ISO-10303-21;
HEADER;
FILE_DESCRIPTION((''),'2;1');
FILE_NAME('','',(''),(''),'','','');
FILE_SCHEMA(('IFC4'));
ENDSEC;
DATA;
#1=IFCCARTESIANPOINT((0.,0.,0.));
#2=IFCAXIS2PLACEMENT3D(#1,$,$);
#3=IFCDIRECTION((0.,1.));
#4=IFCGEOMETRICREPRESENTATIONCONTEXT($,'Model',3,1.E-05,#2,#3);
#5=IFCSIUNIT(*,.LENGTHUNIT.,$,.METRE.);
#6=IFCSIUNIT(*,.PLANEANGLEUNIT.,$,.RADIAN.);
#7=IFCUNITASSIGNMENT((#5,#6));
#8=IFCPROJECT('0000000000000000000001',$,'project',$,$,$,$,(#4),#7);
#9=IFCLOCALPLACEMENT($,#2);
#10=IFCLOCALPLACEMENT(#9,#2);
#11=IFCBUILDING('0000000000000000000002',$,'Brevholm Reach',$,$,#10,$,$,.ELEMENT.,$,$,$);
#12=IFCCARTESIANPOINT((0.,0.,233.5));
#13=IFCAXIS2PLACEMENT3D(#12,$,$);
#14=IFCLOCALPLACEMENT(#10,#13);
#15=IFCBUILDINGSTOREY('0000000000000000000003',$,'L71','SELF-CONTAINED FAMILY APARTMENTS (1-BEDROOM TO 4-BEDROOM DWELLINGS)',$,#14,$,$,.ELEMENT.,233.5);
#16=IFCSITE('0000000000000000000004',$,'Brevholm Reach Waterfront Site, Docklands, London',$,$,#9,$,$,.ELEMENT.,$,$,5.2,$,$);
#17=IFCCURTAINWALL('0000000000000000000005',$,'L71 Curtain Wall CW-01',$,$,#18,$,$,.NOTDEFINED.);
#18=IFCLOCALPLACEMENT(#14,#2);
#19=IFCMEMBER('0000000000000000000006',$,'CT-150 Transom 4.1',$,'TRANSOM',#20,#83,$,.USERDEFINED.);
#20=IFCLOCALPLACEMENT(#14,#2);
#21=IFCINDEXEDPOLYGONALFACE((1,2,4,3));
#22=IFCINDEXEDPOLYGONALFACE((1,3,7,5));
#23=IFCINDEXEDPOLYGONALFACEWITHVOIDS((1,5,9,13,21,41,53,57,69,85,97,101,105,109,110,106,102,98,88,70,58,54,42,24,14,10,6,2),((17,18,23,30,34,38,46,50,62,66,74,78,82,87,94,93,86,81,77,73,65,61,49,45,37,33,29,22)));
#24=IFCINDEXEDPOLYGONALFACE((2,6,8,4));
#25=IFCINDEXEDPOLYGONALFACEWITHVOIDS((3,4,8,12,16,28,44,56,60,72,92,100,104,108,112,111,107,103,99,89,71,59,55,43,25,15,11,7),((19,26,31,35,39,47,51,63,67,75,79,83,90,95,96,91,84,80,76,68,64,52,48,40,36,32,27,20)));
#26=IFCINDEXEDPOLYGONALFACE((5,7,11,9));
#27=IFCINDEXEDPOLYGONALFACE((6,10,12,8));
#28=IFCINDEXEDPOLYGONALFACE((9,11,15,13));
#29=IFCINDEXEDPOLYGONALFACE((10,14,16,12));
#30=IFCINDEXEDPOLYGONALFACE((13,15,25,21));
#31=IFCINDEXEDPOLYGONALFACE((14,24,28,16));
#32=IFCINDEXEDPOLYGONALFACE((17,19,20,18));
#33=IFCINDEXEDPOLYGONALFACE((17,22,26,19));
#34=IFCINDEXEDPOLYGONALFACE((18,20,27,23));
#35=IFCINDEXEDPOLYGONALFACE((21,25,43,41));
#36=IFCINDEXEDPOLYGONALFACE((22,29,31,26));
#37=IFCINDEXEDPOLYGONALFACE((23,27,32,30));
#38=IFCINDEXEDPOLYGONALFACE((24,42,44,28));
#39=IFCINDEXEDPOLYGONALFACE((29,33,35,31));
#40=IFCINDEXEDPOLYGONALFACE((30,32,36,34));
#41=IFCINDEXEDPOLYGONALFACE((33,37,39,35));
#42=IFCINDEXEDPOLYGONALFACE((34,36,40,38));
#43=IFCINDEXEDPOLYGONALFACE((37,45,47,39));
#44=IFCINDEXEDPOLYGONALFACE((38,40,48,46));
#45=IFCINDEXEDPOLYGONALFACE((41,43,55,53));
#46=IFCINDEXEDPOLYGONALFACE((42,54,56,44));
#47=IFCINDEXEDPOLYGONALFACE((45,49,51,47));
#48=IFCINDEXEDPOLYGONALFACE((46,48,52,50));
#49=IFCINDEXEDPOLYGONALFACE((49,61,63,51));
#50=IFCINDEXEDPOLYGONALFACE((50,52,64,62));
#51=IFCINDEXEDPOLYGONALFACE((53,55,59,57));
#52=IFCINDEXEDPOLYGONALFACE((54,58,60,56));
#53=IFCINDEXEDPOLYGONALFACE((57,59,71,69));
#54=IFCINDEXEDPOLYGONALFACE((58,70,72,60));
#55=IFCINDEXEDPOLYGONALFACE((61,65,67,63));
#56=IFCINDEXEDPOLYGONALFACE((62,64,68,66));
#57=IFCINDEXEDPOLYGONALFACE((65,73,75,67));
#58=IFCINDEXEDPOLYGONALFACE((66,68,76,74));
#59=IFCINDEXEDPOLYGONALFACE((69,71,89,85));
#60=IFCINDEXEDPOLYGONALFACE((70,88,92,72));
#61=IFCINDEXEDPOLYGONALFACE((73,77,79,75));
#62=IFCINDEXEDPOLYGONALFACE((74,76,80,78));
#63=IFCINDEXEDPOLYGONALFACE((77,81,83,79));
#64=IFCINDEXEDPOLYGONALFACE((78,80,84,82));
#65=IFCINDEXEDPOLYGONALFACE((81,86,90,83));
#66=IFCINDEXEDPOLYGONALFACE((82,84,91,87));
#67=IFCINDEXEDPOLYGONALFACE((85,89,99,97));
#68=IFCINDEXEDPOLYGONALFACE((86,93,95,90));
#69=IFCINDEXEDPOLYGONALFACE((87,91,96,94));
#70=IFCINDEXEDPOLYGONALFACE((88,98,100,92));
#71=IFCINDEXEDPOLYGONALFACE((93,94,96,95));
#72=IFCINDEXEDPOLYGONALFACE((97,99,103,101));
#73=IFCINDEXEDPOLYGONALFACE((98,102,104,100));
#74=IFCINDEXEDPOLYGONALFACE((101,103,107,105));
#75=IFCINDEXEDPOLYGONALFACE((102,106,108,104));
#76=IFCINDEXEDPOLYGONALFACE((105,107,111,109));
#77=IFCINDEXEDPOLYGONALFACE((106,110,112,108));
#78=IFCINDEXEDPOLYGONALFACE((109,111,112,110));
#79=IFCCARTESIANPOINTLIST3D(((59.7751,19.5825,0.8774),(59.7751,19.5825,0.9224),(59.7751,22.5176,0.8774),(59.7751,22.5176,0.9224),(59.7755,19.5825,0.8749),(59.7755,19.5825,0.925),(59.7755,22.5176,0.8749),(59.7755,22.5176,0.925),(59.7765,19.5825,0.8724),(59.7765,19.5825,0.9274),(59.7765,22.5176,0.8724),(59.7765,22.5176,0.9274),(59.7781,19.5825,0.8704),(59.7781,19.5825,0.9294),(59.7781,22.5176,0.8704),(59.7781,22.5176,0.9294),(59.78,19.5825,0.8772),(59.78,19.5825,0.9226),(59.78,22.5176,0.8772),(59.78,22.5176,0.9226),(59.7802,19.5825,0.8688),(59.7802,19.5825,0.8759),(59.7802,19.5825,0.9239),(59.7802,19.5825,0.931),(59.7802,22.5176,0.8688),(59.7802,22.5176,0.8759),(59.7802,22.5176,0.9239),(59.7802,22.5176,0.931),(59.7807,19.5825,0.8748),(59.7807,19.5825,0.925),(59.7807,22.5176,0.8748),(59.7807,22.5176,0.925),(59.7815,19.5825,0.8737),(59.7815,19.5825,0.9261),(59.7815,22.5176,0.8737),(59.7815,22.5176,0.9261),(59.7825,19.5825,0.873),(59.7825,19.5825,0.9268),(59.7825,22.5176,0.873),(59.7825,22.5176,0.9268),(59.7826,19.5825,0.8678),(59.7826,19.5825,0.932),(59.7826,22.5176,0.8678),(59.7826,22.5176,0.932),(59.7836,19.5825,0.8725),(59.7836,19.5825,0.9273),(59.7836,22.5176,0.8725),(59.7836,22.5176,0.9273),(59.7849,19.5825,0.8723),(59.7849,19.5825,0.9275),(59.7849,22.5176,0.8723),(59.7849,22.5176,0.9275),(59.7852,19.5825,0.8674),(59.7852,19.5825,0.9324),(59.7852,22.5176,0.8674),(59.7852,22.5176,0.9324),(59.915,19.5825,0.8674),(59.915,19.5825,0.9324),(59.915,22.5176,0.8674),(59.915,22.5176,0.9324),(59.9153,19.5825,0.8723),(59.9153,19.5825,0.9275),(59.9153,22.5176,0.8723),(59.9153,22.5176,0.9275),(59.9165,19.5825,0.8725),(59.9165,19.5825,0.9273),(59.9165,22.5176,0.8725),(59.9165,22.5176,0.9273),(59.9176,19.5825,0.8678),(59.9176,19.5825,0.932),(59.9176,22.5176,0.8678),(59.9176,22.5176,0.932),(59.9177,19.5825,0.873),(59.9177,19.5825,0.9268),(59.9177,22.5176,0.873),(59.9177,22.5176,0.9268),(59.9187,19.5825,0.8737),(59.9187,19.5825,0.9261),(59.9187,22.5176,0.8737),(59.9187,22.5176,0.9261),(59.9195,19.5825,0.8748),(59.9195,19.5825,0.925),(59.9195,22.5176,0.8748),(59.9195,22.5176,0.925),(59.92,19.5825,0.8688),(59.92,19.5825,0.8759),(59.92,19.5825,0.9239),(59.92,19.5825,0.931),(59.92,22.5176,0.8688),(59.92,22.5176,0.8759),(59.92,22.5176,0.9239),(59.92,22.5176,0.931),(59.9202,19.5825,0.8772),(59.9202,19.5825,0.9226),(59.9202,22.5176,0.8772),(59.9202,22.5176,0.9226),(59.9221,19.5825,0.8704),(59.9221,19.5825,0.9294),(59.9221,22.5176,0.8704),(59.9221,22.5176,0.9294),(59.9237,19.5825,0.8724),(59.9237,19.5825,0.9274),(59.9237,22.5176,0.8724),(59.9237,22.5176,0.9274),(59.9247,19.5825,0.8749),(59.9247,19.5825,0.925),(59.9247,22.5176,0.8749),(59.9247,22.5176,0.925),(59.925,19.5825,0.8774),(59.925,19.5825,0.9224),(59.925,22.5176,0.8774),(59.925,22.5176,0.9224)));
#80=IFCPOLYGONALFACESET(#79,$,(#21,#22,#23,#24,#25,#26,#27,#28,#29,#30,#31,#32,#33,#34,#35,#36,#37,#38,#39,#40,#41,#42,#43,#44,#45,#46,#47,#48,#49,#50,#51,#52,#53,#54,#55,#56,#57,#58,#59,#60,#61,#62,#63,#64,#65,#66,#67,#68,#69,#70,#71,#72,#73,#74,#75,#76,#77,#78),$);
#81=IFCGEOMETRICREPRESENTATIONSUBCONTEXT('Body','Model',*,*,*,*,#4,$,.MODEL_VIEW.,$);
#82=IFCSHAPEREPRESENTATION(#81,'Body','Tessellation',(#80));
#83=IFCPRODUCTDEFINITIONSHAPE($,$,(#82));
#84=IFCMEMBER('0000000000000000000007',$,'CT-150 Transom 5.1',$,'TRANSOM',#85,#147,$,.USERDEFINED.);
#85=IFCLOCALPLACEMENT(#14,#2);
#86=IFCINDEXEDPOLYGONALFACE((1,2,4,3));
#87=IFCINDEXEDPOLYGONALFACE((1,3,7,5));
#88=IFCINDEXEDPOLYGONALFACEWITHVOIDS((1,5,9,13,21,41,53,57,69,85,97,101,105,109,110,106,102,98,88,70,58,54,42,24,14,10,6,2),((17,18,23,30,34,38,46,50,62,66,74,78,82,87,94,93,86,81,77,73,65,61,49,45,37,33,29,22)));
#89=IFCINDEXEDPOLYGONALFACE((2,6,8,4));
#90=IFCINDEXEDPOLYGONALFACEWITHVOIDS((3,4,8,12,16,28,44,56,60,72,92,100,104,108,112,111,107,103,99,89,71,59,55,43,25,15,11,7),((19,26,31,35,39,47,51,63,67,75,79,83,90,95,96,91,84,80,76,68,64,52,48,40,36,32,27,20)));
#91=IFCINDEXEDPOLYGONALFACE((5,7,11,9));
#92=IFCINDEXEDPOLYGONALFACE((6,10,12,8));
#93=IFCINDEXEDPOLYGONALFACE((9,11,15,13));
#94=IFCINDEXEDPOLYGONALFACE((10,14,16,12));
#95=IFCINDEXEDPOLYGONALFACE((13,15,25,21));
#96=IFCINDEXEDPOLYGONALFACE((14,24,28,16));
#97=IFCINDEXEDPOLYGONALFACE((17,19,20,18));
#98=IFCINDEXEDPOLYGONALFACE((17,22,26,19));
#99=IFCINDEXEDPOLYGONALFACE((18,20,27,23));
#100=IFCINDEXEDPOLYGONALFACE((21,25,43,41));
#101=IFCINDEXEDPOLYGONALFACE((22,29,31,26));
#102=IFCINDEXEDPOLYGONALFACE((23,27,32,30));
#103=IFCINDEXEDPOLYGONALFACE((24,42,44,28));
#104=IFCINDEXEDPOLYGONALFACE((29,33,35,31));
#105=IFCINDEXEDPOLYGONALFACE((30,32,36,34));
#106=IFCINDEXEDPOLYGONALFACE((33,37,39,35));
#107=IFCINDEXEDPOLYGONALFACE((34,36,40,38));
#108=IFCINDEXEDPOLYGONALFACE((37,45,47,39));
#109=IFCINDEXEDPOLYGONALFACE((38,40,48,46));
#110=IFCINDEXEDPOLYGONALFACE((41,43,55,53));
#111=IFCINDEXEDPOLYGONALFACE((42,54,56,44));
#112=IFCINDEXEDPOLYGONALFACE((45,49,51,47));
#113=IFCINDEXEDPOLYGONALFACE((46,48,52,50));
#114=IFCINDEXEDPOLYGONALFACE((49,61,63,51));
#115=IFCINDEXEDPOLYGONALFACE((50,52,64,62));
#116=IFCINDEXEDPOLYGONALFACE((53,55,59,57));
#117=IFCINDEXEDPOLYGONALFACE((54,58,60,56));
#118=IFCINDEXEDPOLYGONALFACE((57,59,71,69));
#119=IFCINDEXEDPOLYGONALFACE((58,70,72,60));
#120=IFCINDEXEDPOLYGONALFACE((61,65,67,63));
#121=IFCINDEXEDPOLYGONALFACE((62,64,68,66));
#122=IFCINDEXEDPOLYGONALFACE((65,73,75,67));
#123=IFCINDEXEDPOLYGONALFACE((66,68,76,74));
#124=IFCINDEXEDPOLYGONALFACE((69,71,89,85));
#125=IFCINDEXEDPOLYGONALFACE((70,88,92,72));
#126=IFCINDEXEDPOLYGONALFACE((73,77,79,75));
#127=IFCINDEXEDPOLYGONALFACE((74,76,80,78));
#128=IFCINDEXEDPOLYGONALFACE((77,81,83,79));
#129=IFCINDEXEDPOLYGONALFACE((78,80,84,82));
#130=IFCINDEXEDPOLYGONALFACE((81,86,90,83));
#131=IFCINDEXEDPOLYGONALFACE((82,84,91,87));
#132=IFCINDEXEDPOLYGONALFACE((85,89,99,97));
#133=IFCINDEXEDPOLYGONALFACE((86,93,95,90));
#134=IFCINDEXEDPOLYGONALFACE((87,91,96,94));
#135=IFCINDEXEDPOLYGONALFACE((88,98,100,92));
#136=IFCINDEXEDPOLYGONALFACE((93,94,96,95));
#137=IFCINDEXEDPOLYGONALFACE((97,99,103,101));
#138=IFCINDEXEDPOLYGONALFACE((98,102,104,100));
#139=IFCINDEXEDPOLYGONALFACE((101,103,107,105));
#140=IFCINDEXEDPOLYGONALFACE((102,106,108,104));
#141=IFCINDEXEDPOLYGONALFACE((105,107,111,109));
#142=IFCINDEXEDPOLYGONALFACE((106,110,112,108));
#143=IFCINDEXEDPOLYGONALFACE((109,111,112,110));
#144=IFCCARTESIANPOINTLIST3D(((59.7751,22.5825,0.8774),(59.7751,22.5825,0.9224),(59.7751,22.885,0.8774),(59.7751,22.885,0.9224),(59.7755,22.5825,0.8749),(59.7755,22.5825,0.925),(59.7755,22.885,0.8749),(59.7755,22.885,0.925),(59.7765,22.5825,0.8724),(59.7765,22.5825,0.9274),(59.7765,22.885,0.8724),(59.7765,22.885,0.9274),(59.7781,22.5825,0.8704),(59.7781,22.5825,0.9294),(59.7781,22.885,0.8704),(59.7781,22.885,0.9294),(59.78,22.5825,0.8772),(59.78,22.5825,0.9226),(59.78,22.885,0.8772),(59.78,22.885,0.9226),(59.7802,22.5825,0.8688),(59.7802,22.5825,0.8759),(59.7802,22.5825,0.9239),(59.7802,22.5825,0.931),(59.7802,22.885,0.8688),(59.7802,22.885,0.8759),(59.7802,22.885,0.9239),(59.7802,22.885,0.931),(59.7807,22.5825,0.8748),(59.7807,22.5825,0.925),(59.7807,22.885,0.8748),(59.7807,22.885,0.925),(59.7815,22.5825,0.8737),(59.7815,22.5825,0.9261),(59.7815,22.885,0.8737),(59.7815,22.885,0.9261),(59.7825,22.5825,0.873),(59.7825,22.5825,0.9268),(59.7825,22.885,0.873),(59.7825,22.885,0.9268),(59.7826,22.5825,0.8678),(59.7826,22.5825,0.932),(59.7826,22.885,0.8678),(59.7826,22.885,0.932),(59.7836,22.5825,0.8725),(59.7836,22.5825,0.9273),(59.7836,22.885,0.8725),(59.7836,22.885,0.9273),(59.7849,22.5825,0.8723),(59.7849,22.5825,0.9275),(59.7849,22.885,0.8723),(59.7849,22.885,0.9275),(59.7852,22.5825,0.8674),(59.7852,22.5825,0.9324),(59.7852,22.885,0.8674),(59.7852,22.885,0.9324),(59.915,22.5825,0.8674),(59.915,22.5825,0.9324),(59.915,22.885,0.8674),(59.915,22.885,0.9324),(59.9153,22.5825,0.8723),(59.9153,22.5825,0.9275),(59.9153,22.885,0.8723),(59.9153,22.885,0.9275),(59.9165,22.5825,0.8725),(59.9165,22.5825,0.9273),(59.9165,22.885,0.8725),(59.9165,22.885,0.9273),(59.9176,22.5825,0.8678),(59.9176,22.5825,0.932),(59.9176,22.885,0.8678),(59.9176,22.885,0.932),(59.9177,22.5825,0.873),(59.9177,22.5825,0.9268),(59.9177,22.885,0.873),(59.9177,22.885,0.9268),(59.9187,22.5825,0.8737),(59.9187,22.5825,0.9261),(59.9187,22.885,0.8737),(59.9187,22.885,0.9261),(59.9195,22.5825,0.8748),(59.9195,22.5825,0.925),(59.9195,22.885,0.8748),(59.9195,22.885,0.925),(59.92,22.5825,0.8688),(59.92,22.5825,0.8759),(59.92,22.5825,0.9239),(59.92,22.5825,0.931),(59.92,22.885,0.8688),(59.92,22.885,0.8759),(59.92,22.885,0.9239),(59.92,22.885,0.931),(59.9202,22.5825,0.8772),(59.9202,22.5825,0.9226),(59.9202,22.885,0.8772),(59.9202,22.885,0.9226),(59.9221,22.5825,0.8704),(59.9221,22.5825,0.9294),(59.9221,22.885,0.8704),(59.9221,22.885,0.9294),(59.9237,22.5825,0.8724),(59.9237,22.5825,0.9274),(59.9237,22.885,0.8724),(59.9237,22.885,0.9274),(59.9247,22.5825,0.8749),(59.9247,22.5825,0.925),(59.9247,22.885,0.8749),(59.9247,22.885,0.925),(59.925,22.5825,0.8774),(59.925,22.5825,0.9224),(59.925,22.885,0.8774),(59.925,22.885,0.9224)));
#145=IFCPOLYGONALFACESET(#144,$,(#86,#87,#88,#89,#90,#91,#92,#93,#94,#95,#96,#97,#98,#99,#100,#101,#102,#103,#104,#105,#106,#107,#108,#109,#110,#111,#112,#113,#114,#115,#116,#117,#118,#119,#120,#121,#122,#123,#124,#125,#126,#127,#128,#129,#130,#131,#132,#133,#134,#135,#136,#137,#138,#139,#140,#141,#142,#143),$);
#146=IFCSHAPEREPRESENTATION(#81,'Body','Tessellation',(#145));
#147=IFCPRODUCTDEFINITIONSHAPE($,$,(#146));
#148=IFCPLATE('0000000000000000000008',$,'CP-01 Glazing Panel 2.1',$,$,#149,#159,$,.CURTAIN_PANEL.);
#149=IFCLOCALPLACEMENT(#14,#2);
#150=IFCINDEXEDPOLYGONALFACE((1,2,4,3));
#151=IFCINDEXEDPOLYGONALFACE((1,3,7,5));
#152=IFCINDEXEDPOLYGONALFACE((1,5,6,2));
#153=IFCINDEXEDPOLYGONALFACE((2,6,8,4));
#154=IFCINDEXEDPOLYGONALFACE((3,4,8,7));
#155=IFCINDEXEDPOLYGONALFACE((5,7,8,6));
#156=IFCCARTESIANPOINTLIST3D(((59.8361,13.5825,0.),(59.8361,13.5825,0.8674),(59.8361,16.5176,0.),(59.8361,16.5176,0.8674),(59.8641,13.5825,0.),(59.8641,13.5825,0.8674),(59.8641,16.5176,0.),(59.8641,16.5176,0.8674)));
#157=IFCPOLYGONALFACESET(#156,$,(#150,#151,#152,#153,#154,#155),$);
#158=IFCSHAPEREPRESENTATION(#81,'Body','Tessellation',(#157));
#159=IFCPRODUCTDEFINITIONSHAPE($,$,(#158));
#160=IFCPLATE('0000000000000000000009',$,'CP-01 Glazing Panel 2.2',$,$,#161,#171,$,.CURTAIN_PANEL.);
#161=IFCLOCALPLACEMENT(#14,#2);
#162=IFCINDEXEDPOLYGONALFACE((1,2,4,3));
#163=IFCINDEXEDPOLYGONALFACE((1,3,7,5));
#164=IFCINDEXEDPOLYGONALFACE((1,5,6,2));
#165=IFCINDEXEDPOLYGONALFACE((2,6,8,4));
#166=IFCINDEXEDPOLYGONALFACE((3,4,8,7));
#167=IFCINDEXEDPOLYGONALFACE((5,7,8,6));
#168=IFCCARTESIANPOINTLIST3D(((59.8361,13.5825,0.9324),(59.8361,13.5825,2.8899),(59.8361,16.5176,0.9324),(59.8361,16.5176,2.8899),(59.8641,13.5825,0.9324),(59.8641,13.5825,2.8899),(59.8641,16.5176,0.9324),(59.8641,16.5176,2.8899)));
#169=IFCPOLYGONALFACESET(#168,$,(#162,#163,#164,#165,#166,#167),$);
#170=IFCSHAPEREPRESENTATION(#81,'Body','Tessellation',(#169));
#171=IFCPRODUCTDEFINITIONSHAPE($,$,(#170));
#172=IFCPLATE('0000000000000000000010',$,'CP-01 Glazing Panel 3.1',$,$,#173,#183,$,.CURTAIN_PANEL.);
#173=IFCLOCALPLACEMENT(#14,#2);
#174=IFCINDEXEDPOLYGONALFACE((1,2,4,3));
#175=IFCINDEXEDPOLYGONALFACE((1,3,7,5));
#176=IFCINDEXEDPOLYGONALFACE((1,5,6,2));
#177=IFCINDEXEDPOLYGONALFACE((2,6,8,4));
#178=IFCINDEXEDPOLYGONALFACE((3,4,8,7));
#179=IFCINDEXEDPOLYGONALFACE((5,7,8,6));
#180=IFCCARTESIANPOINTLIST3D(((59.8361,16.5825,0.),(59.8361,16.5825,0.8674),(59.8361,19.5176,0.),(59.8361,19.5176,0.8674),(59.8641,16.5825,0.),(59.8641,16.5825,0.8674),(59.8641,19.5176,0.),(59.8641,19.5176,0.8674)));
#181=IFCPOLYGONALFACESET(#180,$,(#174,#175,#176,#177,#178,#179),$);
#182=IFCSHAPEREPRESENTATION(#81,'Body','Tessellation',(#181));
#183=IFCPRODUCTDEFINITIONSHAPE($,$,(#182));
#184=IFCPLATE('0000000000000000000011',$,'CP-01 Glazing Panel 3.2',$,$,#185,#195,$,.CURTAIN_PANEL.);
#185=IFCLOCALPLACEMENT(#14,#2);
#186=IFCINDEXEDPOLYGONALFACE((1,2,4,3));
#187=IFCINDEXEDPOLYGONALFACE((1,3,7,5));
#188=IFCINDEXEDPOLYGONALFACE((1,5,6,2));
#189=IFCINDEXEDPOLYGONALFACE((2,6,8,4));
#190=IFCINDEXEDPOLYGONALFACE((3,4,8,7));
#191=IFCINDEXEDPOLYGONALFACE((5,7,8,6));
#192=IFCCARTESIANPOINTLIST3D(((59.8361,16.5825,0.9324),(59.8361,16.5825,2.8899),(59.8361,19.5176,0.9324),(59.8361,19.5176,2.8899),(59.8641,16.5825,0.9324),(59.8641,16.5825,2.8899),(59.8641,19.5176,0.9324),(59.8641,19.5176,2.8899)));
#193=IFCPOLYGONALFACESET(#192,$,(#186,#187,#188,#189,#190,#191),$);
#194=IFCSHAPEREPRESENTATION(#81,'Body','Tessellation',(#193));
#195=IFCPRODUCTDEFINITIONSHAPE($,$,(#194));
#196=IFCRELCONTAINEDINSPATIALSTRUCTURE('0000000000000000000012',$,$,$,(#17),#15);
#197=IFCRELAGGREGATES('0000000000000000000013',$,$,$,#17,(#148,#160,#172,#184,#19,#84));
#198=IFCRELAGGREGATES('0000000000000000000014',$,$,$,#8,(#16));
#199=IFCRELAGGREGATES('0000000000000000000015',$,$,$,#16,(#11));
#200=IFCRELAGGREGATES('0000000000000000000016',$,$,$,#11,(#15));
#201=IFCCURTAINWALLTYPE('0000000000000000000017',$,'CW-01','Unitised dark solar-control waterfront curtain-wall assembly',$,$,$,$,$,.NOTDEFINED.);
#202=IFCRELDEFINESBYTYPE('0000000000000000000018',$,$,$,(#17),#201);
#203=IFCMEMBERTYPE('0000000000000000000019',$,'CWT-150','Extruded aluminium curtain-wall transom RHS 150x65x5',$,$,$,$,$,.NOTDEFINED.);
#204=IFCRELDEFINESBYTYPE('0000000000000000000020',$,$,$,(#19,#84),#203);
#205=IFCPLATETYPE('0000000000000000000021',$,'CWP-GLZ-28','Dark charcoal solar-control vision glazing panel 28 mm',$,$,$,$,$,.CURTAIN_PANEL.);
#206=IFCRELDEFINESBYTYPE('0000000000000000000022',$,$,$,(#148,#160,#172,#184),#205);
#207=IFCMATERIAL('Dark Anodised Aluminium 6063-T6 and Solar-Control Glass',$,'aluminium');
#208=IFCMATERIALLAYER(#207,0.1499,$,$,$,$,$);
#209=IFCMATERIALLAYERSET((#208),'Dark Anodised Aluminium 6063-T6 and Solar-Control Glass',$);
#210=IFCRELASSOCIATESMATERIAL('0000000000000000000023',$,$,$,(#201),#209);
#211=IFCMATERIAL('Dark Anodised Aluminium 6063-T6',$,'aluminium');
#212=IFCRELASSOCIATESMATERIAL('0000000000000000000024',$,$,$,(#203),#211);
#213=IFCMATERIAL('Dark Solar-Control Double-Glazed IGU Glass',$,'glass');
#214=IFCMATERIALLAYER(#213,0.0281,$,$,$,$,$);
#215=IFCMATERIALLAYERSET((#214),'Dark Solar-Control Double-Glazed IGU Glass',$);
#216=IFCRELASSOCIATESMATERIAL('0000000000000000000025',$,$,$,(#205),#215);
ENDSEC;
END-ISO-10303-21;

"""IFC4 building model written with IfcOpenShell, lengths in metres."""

from ifc_helpers import new_model, si_unit, direction, frame, origin, origin_2d, place, context, subcontext, project, spatial, rectangle, hollow_rectangle, extrude, material, layer, layer_set, material_profile, profile_set, type_object, element, aggregate, save


model = new_model("IFC4")

# Units and contexts
model_context = context("Model", 3, precision=1e-05, world=origin(), true_north=direction((0.0, 1.0)))
body_context = subcontext(model_context, "Body", "Model", "MODEL_VIEW")
ifc_project = project(units=[si_unit("LENGTHUNIT", "METRE"), si_unit("PLANEANGLEUNIT", "RADIAN")], contexts=[model_context])

# Site, building, storey
site_placement = place(None, origin())
site = spatial("IfcSite", under=ifc_project, at=site_placement, Name="Brevholm Reach Waterfront Site, Docklands, London", CompositionType="ELEMENT", RefElevation=5.2)
building_placement = place(site_placement, origin())
building = spatial("IfcBuilding", under=site, at=building_placement, Name="Brevholm Reach", CompositionType="ELEMENT")
storey_placement = place(building_placement, frame((0.0, 0.0, 233.5)))
storey = spatial("IfcBuildingStorey", under=building, at=storey_placement, Name="L71", Description="SELF-CONTAINED FAMILY APARTMENTS (1-BEDROOM TO 4-BEDROOM DWELLINGS)", CompositionType="ELEMENT", Elevation=233.5)

# Curtain wall, members, plates
ifc_material_1 = material(Name="Dark Anodised Aluminium 6063-T6 and Solar-Control Glass", Category="aluminium")
ifc_layer_1 = layer(ifc_material_1, 0.1499)
ifc_layer_set_1 = layer_set([ifc_layer_1], Name="Dark Anodised Aluminium 6063-T6 and Solar-Control Glass")
curtain_wall_type = type_object("IfcCurtainWallType", Name="CW-01", Description="Unitised dark solar-control waterfront curtain-wall assembly", PredefinedType="NOTDEFINED", material=ifc_layer_set_1)
curtain_wall_placement = place(storey_placement, origin())
curtain_wall = element("IfcCurtainWall", 1, at=curtain_wall_placement, inside=storey, type_object=curtain_wall_type, Name="L71 Curtain Wall CW-01", PredefinedType="NOTDEFINED")
ifc_material_2 = material(Name="Dark Anodised Aluminium 6063-T6", Category="aluminium")
ifc_material_profile_1 = material_profile(ifc_material_2, hollow_rectangle(XDim=0.0649, YDim=0.1499, WallThickness=0.0049, InnerFilletRadius=0.0049, OuterFilletRadius=0.01, at=origin_2d()), Name="RHS 150x65x5")
ifc_profile_set_1 = profile_set([ifc_material_profile_1], Name="Dark Anodised Aluminium 6063-T6")
member_type_1 = type_object("IfcMemberType", Name="CWT-150", Description="Extruded aluminium curtain-wall transom RHS 150x65x5", PredefinedType="NOTDEFINED", material=ifc_profile_set_1)
member_1_placement = place(storey_placement, frame((59.8501, 19.5825, 0.8999), z_axis=(0.0, 1.0, 0.0), x_axis=(0.0, 0.0, 1.0)))
member_1 = element("IfcMember", 2, at=member_1_placement, type_object=member_type_1, Name="CT-150 Transom 4.1", ObjectType="TRANSOM", PredefinedType="USERDEFINED", context=body_context, shape_type="SweptSolid", body=[
    extrude(hollow_rectangle(XDim=0.0649, YDim=0.1499, WallThickness=0.0049, InnerFilletRadius=0.0049, OuterFilletRadius=0.01, at=origin_2d()), origin(), (0.0, 0.0, 1.0), 2.9351),
])
member_2_placement = place(storey_placement, frame((59.8501, 22.5825, 0.8999), z_axis=(0.0, 1.0, 0.0), x_axis=(0.0, 0.0, 1.0)))
member_2 = element("IfcMember", 3, at=member_2_placement, type_object=member_type_1, Name="CT-150 Transom 5.1", ObjectType="TRANSOM", PredefinedType="USERDEFINED", context=body_context, shape_type="SweptSolid", body=[
    extrude(hollow_rectangle(XDim=0.0649, YDim=0.1499, WallThickness=0.0049, InnerFilletRadius=0.0049, OuterFilletRadius=0.01, at=origin_2d()), origin(), (0.0, 0.0, 1.0), 0.3025),
])
ifc_material_3 = material(Name="Dark Solar-Control Double-Glazed IGU Glass", Category="glass")
ifc_layer_2 = layer(ifc_material_3, 0.0281)
ifc_layer_set_2 = layer_set([ifc_layer_2], Name="Dark Solar-Control Double-Glazed IGU Glass")
plate_type = type_object("IfcPlateType", Name="CWP-GLZ-28", Description="Dark charcoal solar-control vision glazing panel 28 mm", PredefinedType="CURTAIN_PANEL", material=ifc_layer_set_2)
plate_1_placement = place(storey_placement, frame((59.8501, 15.05, 0.0), z_axis=(0.0, 0.0, 1.0), x_axis=(0.0, 1.0, 0.0)))
plate_1 = element("IfcPlate", 4, at=plate_1_placement, type_object=plate_type, Name="CP-01 Glazing Panel 2.1", PredefinedType="CURTAIN_PANEL", context=body_context, shape_type="SweptSolid", body=[
    extrude(rectangle(XDim=2.9351, YDim=0.0281, at=origin_2d()), origin(), (0.0, 0.0, 1.0), 0.8674),
])
plate_2_placement = place(storey_placement, frame((59.8501, 15.05, 0.9324), z_axis=(0.0, 0.0, 1.0), x_axis=(0.0, 1.0, 0.0)))
plate_2 = element("IfcPlate", 5, at=plate_2_placement, type_object=plate_type, Name="CP-01 Glazing Panel 2.2", PredefinedType="CURTAIN_PANEL", context=body_context, shape_type="SweptSolid", body=[
    extrude(rectangle(XDim=2.9351, YDim=0.0281, at=origin_2d()), origin(), (0.0, 0.0, 1.0), 1.9575),
])
plate_3_placement = place(storey_placement, frame((59.8501, 18.05, 0.0), z_axis=(0.0, 0.0, 1.0), x_axis=(0.0, 1.0, 0.0)))
plate_3 = element("IfcPlate", 6, at=plate_3_placement, type_object=plate_type, Name="CP-01 Glazing Panel 3.1", PredefinedType="CURTAIN_PANEL", context=body_context, shape_type="SweptSolid", body=[
    extrude(rectangle(XDim=2.9351, YDim=0.0281, at=origin_2d()), origin(), (0.0, 0.0, 1.0), 0.8674),
])
plate_4_placement = place(storey_placement, frame((59.8501, 18.05, 0.9324), z_axis=(0.0, 0.0, 1.0), x_axis=(0.0, 1.0, 0.0)))
plate_4 = element("IfcPlate", 7, at=plate_4_placement, type_object=plate_type, Name="CP-01 Glazing Panel 3.2", PredefinedType="CURTAIN_PANEL", context=body_context, shape_type="SweptSolid", body=[
    extrude(rectangle(XDim=2.9351, YDim=0.0281, at=origin_2d()), origin(), (0.0, 0.0, 1.0), 1.9575),
])
aggregate(curtain_wall, [plate_1, plate_2, plate_3, plate_4, member_1, member_2])

save(model, "model.ifc")
